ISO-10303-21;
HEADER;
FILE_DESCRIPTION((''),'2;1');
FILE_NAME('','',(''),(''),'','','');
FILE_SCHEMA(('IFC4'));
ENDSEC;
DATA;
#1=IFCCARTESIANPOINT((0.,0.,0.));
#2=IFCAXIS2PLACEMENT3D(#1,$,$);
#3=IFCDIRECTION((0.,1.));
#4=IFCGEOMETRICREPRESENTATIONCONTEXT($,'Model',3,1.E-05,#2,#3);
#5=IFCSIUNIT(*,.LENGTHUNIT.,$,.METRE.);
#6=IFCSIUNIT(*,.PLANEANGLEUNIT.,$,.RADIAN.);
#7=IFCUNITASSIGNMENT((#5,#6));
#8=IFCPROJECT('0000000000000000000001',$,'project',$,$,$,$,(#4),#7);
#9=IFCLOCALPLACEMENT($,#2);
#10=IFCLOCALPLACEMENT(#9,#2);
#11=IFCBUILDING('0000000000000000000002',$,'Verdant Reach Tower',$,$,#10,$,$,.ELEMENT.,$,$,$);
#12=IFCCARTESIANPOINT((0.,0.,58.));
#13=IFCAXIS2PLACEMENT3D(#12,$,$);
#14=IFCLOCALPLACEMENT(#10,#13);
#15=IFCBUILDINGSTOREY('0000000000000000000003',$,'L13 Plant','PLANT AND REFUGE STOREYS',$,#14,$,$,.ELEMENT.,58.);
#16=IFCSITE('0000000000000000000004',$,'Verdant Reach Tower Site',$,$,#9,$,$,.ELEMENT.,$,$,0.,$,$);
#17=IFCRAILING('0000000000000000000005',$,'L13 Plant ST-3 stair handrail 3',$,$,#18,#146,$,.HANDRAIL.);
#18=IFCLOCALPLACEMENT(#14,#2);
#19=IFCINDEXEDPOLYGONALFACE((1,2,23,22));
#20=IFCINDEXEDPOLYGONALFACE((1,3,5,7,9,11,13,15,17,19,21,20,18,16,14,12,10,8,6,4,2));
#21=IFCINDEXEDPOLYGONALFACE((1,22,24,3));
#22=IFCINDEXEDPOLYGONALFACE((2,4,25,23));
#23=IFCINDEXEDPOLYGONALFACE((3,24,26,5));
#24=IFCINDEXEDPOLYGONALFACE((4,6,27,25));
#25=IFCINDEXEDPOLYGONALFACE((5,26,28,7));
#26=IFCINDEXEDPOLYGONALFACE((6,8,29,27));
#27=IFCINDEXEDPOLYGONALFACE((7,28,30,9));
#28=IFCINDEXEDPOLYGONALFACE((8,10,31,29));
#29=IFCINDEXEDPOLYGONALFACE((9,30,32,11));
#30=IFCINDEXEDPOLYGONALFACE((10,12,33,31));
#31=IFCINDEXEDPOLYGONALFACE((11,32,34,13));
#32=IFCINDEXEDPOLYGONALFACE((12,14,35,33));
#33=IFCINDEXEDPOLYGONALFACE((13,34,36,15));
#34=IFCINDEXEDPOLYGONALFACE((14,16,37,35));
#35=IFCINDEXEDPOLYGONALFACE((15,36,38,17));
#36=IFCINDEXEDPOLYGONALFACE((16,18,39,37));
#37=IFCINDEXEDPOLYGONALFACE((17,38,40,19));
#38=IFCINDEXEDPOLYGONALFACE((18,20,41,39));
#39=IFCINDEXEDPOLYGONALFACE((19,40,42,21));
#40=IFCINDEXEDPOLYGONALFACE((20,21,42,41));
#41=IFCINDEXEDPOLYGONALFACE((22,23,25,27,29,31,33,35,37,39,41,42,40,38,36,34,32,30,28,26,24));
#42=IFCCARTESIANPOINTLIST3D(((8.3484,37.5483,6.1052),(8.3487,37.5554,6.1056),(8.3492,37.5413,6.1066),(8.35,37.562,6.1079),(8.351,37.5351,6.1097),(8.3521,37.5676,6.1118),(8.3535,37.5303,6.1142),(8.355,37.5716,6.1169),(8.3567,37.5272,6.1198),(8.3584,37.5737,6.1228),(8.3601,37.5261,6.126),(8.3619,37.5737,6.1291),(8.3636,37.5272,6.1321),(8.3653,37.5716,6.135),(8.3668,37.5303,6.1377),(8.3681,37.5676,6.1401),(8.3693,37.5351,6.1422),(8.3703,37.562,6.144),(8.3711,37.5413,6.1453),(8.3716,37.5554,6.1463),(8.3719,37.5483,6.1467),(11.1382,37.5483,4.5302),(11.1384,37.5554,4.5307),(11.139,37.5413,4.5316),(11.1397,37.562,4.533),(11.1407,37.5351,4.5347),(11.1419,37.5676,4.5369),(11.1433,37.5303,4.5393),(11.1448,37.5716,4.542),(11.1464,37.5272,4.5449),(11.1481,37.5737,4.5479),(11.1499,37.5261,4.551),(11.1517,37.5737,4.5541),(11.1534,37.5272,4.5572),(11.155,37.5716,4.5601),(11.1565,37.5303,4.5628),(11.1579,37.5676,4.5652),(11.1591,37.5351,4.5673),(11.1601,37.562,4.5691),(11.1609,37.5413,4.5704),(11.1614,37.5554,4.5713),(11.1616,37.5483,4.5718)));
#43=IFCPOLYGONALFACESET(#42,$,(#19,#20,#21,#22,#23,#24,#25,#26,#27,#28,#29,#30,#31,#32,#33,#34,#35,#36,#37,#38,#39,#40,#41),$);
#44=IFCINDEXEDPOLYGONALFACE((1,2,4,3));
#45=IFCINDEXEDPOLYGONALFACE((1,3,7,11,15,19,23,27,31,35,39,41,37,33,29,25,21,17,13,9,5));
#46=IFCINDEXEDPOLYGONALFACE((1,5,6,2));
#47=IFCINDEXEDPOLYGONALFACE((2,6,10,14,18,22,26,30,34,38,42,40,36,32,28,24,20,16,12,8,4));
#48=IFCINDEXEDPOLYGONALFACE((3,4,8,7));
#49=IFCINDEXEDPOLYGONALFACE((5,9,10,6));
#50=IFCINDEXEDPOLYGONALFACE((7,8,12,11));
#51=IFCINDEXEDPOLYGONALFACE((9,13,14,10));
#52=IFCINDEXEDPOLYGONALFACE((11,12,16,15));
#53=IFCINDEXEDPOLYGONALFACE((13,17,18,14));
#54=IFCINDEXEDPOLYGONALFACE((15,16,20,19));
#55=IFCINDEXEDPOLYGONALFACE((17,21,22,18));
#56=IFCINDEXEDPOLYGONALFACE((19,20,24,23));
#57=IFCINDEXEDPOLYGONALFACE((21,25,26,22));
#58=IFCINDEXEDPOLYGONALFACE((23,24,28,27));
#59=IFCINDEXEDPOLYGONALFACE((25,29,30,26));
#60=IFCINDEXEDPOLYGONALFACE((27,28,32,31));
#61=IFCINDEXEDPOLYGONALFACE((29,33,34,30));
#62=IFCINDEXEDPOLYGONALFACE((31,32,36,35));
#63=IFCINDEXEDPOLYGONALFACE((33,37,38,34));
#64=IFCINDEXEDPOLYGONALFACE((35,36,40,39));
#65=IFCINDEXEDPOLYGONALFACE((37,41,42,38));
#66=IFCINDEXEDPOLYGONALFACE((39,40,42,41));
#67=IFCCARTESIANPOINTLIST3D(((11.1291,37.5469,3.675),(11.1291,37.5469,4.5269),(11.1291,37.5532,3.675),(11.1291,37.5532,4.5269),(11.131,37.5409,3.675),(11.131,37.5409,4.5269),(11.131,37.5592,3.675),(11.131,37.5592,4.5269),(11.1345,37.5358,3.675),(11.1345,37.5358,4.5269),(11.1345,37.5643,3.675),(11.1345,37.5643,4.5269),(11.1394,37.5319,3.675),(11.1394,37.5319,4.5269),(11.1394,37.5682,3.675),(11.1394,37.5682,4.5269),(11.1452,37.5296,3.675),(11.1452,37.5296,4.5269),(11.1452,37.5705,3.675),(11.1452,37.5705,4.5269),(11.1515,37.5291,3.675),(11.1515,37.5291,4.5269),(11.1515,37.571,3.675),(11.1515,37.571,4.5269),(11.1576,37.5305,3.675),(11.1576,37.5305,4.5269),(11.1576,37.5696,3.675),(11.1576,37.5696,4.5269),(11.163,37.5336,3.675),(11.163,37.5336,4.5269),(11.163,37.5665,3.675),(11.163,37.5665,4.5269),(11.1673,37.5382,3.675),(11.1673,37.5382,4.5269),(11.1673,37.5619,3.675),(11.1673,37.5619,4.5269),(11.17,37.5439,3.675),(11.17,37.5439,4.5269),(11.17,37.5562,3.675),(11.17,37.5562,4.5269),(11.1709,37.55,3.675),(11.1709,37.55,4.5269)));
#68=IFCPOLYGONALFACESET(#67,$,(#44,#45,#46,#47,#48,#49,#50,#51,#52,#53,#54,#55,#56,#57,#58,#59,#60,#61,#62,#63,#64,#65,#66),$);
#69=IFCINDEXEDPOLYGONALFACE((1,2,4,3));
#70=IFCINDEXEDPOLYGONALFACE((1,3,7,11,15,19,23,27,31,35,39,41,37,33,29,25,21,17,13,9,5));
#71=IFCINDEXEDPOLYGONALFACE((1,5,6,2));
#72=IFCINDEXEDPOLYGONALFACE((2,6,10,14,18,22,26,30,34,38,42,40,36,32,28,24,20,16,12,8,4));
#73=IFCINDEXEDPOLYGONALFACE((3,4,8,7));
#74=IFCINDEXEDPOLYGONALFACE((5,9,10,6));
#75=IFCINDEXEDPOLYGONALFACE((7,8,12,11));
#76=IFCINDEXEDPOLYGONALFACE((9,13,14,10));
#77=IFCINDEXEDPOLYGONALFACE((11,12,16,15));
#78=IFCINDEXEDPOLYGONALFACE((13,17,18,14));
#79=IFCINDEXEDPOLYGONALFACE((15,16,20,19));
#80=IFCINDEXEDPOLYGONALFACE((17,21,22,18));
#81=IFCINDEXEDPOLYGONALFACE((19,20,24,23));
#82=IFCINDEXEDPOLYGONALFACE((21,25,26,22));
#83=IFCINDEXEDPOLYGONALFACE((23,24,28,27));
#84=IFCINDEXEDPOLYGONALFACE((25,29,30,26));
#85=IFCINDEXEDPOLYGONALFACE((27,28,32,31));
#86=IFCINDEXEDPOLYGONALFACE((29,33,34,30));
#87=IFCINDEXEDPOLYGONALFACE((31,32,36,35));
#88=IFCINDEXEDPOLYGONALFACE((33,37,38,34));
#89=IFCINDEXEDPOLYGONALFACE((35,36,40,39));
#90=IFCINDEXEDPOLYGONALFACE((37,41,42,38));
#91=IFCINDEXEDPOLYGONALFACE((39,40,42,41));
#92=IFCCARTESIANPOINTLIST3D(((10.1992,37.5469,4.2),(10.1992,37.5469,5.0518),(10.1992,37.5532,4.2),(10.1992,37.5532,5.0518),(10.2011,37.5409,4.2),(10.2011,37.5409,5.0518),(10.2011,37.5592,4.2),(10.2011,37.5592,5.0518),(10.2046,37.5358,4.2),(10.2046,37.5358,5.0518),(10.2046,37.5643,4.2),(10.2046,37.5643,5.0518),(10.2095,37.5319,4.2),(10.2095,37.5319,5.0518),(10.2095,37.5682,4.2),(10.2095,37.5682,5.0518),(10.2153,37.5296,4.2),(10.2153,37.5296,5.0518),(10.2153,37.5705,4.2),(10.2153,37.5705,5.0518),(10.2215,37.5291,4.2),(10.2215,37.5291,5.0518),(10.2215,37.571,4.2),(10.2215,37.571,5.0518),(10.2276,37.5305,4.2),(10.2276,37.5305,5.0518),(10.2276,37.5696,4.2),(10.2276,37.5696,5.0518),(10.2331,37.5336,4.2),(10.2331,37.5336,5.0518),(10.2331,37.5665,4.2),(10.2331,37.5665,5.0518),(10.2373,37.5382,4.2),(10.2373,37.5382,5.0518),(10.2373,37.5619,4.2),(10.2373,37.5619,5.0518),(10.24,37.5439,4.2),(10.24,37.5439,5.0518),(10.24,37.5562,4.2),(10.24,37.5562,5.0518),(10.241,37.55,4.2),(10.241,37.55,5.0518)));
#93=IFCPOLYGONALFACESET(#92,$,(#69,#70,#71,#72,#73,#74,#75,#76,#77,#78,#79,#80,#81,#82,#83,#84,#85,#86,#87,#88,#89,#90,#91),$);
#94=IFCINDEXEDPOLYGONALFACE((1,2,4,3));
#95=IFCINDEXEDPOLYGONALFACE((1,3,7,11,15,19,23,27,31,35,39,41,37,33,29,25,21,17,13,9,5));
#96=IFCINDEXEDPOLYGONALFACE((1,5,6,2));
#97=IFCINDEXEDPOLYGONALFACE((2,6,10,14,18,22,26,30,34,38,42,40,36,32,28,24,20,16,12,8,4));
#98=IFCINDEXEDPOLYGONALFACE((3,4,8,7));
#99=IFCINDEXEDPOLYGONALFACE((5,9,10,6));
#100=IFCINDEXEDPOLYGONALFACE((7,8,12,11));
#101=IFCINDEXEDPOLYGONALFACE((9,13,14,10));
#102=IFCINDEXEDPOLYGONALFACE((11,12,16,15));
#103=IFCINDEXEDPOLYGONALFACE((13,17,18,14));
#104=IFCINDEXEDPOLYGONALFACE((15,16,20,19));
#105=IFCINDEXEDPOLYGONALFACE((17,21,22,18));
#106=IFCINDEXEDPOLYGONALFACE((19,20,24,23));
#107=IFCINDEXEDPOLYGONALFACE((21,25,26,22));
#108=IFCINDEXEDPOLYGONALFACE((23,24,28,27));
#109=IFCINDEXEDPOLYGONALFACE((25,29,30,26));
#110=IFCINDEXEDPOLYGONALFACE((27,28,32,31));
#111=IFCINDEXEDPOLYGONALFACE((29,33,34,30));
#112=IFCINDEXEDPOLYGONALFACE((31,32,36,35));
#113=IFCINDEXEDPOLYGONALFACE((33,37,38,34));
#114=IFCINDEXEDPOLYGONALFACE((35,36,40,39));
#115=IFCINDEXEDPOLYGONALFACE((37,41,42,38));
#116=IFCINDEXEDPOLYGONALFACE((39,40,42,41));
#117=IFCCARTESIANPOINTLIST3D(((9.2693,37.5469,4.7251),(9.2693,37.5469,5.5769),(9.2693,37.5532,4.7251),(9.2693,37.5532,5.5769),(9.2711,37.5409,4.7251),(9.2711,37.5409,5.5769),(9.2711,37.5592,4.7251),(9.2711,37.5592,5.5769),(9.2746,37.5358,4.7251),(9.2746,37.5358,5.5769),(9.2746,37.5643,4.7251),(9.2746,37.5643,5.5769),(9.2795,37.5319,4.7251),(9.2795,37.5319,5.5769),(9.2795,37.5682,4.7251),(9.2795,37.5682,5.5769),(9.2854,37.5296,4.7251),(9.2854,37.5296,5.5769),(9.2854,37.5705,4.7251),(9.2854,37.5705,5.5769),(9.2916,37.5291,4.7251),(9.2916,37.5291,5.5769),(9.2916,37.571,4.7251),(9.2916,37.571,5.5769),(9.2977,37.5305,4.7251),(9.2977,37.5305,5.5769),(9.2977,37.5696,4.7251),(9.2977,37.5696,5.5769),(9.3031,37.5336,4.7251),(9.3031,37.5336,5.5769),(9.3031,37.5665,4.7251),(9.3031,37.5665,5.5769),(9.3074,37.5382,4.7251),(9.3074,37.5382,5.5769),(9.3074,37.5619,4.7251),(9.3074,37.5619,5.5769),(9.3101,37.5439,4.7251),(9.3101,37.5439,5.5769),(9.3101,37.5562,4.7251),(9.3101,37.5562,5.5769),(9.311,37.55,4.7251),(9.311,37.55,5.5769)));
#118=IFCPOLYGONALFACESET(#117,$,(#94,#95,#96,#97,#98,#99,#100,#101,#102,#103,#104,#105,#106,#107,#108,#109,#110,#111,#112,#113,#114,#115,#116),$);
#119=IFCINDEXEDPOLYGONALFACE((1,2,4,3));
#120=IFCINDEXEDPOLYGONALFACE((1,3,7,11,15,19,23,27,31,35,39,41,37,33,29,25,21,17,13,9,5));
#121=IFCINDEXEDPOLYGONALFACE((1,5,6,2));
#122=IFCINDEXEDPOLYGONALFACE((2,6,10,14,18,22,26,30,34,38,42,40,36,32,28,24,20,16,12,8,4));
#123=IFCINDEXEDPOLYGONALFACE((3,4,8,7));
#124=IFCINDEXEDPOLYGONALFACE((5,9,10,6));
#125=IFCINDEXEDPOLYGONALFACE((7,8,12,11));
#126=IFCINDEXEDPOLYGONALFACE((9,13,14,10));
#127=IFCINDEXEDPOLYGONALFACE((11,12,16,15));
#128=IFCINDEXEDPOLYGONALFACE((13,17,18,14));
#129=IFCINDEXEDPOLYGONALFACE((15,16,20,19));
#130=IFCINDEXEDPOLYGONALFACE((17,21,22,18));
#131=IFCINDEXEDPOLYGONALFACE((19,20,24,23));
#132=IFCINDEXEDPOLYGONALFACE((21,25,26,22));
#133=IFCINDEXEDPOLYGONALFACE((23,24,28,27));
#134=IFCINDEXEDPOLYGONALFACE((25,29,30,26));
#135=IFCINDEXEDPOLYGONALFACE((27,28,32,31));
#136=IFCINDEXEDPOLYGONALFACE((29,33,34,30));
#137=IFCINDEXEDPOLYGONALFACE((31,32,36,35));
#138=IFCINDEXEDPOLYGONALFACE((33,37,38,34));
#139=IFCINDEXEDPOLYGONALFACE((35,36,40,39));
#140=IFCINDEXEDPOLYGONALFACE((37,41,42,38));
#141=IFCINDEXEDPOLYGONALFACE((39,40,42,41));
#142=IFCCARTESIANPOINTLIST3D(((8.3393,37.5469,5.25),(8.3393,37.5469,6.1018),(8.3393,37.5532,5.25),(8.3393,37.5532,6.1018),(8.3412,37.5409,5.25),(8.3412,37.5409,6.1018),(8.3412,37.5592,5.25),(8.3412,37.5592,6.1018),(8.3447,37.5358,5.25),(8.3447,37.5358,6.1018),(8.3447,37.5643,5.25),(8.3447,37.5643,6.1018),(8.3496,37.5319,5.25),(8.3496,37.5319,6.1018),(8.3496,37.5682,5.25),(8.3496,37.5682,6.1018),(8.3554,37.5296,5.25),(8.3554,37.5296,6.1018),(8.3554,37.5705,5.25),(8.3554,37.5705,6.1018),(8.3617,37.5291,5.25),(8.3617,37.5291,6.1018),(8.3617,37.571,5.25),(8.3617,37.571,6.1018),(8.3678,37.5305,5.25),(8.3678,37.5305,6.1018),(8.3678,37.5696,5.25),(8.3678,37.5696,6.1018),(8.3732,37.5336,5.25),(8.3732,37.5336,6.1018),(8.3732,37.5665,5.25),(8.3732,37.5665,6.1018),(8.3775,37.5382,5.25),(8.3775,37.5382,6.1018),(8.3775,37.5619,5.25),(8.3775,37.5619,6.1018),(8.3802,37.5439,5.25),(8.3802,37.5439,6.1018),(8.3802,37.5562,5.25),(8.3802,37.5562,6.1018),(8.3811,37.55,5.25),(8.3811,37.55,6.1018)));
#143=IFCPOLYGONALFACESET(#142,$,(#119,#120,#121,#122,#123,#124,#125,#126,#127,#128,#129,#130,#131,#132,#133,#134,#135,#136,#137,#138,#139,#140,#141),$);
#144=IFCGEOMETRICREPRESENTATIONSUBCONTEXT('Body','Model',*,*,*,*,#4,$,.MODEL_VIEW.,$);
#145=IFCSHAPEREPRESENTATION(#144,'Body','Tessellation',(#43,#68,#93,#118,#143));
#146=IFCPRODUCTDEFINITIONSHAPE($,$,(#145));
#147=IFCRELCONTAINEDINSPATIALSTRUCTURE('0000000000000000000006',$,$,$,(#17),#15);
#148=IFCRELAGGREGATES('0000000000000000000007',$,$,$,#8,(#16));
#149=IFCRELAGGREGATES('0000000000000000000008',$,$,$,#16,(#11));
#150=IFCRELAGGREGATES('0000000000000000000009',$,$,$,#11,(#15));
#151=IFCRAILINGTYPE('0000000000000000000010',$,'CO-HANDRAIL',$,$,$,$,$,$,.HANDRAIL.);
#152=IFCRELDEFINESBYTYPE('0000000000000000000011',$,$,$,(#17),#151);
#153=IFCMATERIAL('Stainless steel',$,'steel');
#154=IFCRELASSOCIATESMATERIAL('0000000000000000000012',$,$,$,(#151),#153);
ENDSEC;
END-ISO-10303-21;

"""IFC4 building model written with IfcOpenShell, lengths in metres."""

from ifc_helpers import new_model, si_unit, direction, frame, origin, origin_2d, place, context, subcontext, project, spatial, circle, extrude, material, type_object, element, save


model = new_model("IFC4")

# Units and contexts
model_context = context("Model", 3, precision=1e-05, world=origin(), true_north=direction((0.0, 1.0)))
body_context = subcontext(model_context, "Body", "Model", "MODEL_VIEW")
ifc_project = project(units=[si_unit("LENGTHUNIT", "METRE"), si_unit("PLANEANGLEUNIT", "RADIAN")], contexts=[model_context])

# Site, building, storey
site_placement = place(None, origin())
site = spatial("IfcSite", under=ifc_project, at=site_placement, Name="Verdant Reach Tower Site", CompositionType="ELEMENT", RefElevation=0.0)
building_placement = place(site_placement, origin())
building = spatial("IfcBuilding", under=site, at=building_placement, Name="Verdant Reach Tower", CompositionType="ELEMENT")
storey_placement = place(building_placement, frame((0.0, 0.0, 58.0)))
storey = spatial("IfcBuildingStorey", under=building, at=storey_placement, Name="L13 Plant", Description="PLANT AND REFUGE STOREYS", CompositionType="ELEMENT", Elevation=58.0)

# Railing
ifc_material_1 = material(Name="Stainless steel", Category="steel")
railing_type_1 = type_object("IfcRailingType", Name="CO-HANDRAIL", PredefinedType="HANDRAIL", material=ifc_material_1)
railing_1_placement = place(storey_placement, frame((11.1499, 37.55, 3.675)))
element("IfcRailing", 1, at=railing_1_placement, inside=storey, type_object=railing_type_1, Name="L13 Plant ST-3 stair handrail 3", PredefinedType="HANDRAIL", context=body_context, shape_type="SweptSolid", body=[
    extrude(circle(Radius=0.0239, at=origin_2d()), frame((0.0, 0.0, 0.876), z_axis=(-0.870815, 0.0, 0.49161), x_axis=(0.0, -1.0, 0.0)), (0.0, 0.0, 1.0), 3.2036),
    extrude(circle(Radius=0.021, at=origin_2d()), origin(), (0.0, 0.0, 1.0), 0.8518),
    extrude(circle(Radius=0.021, at=origin_2d()), frame((-0.9299, 0.0, 0.5249)), (0.0, 0.0, 1.0), 0.8518),
    extrude(circle(Radius=0.021, at=origin_2d()), frame((-1.8599, 0.0, 1.05)), (0.0, 0.0, 1.0), 0.8518),
    extrude(circle(Radius=0.021, at=origin_2d()), frame((-2.7898, 0.0, 1.575)), (0.0, 0.0, 1.0), 0.8518),
])

save(model, "model.ifc")
